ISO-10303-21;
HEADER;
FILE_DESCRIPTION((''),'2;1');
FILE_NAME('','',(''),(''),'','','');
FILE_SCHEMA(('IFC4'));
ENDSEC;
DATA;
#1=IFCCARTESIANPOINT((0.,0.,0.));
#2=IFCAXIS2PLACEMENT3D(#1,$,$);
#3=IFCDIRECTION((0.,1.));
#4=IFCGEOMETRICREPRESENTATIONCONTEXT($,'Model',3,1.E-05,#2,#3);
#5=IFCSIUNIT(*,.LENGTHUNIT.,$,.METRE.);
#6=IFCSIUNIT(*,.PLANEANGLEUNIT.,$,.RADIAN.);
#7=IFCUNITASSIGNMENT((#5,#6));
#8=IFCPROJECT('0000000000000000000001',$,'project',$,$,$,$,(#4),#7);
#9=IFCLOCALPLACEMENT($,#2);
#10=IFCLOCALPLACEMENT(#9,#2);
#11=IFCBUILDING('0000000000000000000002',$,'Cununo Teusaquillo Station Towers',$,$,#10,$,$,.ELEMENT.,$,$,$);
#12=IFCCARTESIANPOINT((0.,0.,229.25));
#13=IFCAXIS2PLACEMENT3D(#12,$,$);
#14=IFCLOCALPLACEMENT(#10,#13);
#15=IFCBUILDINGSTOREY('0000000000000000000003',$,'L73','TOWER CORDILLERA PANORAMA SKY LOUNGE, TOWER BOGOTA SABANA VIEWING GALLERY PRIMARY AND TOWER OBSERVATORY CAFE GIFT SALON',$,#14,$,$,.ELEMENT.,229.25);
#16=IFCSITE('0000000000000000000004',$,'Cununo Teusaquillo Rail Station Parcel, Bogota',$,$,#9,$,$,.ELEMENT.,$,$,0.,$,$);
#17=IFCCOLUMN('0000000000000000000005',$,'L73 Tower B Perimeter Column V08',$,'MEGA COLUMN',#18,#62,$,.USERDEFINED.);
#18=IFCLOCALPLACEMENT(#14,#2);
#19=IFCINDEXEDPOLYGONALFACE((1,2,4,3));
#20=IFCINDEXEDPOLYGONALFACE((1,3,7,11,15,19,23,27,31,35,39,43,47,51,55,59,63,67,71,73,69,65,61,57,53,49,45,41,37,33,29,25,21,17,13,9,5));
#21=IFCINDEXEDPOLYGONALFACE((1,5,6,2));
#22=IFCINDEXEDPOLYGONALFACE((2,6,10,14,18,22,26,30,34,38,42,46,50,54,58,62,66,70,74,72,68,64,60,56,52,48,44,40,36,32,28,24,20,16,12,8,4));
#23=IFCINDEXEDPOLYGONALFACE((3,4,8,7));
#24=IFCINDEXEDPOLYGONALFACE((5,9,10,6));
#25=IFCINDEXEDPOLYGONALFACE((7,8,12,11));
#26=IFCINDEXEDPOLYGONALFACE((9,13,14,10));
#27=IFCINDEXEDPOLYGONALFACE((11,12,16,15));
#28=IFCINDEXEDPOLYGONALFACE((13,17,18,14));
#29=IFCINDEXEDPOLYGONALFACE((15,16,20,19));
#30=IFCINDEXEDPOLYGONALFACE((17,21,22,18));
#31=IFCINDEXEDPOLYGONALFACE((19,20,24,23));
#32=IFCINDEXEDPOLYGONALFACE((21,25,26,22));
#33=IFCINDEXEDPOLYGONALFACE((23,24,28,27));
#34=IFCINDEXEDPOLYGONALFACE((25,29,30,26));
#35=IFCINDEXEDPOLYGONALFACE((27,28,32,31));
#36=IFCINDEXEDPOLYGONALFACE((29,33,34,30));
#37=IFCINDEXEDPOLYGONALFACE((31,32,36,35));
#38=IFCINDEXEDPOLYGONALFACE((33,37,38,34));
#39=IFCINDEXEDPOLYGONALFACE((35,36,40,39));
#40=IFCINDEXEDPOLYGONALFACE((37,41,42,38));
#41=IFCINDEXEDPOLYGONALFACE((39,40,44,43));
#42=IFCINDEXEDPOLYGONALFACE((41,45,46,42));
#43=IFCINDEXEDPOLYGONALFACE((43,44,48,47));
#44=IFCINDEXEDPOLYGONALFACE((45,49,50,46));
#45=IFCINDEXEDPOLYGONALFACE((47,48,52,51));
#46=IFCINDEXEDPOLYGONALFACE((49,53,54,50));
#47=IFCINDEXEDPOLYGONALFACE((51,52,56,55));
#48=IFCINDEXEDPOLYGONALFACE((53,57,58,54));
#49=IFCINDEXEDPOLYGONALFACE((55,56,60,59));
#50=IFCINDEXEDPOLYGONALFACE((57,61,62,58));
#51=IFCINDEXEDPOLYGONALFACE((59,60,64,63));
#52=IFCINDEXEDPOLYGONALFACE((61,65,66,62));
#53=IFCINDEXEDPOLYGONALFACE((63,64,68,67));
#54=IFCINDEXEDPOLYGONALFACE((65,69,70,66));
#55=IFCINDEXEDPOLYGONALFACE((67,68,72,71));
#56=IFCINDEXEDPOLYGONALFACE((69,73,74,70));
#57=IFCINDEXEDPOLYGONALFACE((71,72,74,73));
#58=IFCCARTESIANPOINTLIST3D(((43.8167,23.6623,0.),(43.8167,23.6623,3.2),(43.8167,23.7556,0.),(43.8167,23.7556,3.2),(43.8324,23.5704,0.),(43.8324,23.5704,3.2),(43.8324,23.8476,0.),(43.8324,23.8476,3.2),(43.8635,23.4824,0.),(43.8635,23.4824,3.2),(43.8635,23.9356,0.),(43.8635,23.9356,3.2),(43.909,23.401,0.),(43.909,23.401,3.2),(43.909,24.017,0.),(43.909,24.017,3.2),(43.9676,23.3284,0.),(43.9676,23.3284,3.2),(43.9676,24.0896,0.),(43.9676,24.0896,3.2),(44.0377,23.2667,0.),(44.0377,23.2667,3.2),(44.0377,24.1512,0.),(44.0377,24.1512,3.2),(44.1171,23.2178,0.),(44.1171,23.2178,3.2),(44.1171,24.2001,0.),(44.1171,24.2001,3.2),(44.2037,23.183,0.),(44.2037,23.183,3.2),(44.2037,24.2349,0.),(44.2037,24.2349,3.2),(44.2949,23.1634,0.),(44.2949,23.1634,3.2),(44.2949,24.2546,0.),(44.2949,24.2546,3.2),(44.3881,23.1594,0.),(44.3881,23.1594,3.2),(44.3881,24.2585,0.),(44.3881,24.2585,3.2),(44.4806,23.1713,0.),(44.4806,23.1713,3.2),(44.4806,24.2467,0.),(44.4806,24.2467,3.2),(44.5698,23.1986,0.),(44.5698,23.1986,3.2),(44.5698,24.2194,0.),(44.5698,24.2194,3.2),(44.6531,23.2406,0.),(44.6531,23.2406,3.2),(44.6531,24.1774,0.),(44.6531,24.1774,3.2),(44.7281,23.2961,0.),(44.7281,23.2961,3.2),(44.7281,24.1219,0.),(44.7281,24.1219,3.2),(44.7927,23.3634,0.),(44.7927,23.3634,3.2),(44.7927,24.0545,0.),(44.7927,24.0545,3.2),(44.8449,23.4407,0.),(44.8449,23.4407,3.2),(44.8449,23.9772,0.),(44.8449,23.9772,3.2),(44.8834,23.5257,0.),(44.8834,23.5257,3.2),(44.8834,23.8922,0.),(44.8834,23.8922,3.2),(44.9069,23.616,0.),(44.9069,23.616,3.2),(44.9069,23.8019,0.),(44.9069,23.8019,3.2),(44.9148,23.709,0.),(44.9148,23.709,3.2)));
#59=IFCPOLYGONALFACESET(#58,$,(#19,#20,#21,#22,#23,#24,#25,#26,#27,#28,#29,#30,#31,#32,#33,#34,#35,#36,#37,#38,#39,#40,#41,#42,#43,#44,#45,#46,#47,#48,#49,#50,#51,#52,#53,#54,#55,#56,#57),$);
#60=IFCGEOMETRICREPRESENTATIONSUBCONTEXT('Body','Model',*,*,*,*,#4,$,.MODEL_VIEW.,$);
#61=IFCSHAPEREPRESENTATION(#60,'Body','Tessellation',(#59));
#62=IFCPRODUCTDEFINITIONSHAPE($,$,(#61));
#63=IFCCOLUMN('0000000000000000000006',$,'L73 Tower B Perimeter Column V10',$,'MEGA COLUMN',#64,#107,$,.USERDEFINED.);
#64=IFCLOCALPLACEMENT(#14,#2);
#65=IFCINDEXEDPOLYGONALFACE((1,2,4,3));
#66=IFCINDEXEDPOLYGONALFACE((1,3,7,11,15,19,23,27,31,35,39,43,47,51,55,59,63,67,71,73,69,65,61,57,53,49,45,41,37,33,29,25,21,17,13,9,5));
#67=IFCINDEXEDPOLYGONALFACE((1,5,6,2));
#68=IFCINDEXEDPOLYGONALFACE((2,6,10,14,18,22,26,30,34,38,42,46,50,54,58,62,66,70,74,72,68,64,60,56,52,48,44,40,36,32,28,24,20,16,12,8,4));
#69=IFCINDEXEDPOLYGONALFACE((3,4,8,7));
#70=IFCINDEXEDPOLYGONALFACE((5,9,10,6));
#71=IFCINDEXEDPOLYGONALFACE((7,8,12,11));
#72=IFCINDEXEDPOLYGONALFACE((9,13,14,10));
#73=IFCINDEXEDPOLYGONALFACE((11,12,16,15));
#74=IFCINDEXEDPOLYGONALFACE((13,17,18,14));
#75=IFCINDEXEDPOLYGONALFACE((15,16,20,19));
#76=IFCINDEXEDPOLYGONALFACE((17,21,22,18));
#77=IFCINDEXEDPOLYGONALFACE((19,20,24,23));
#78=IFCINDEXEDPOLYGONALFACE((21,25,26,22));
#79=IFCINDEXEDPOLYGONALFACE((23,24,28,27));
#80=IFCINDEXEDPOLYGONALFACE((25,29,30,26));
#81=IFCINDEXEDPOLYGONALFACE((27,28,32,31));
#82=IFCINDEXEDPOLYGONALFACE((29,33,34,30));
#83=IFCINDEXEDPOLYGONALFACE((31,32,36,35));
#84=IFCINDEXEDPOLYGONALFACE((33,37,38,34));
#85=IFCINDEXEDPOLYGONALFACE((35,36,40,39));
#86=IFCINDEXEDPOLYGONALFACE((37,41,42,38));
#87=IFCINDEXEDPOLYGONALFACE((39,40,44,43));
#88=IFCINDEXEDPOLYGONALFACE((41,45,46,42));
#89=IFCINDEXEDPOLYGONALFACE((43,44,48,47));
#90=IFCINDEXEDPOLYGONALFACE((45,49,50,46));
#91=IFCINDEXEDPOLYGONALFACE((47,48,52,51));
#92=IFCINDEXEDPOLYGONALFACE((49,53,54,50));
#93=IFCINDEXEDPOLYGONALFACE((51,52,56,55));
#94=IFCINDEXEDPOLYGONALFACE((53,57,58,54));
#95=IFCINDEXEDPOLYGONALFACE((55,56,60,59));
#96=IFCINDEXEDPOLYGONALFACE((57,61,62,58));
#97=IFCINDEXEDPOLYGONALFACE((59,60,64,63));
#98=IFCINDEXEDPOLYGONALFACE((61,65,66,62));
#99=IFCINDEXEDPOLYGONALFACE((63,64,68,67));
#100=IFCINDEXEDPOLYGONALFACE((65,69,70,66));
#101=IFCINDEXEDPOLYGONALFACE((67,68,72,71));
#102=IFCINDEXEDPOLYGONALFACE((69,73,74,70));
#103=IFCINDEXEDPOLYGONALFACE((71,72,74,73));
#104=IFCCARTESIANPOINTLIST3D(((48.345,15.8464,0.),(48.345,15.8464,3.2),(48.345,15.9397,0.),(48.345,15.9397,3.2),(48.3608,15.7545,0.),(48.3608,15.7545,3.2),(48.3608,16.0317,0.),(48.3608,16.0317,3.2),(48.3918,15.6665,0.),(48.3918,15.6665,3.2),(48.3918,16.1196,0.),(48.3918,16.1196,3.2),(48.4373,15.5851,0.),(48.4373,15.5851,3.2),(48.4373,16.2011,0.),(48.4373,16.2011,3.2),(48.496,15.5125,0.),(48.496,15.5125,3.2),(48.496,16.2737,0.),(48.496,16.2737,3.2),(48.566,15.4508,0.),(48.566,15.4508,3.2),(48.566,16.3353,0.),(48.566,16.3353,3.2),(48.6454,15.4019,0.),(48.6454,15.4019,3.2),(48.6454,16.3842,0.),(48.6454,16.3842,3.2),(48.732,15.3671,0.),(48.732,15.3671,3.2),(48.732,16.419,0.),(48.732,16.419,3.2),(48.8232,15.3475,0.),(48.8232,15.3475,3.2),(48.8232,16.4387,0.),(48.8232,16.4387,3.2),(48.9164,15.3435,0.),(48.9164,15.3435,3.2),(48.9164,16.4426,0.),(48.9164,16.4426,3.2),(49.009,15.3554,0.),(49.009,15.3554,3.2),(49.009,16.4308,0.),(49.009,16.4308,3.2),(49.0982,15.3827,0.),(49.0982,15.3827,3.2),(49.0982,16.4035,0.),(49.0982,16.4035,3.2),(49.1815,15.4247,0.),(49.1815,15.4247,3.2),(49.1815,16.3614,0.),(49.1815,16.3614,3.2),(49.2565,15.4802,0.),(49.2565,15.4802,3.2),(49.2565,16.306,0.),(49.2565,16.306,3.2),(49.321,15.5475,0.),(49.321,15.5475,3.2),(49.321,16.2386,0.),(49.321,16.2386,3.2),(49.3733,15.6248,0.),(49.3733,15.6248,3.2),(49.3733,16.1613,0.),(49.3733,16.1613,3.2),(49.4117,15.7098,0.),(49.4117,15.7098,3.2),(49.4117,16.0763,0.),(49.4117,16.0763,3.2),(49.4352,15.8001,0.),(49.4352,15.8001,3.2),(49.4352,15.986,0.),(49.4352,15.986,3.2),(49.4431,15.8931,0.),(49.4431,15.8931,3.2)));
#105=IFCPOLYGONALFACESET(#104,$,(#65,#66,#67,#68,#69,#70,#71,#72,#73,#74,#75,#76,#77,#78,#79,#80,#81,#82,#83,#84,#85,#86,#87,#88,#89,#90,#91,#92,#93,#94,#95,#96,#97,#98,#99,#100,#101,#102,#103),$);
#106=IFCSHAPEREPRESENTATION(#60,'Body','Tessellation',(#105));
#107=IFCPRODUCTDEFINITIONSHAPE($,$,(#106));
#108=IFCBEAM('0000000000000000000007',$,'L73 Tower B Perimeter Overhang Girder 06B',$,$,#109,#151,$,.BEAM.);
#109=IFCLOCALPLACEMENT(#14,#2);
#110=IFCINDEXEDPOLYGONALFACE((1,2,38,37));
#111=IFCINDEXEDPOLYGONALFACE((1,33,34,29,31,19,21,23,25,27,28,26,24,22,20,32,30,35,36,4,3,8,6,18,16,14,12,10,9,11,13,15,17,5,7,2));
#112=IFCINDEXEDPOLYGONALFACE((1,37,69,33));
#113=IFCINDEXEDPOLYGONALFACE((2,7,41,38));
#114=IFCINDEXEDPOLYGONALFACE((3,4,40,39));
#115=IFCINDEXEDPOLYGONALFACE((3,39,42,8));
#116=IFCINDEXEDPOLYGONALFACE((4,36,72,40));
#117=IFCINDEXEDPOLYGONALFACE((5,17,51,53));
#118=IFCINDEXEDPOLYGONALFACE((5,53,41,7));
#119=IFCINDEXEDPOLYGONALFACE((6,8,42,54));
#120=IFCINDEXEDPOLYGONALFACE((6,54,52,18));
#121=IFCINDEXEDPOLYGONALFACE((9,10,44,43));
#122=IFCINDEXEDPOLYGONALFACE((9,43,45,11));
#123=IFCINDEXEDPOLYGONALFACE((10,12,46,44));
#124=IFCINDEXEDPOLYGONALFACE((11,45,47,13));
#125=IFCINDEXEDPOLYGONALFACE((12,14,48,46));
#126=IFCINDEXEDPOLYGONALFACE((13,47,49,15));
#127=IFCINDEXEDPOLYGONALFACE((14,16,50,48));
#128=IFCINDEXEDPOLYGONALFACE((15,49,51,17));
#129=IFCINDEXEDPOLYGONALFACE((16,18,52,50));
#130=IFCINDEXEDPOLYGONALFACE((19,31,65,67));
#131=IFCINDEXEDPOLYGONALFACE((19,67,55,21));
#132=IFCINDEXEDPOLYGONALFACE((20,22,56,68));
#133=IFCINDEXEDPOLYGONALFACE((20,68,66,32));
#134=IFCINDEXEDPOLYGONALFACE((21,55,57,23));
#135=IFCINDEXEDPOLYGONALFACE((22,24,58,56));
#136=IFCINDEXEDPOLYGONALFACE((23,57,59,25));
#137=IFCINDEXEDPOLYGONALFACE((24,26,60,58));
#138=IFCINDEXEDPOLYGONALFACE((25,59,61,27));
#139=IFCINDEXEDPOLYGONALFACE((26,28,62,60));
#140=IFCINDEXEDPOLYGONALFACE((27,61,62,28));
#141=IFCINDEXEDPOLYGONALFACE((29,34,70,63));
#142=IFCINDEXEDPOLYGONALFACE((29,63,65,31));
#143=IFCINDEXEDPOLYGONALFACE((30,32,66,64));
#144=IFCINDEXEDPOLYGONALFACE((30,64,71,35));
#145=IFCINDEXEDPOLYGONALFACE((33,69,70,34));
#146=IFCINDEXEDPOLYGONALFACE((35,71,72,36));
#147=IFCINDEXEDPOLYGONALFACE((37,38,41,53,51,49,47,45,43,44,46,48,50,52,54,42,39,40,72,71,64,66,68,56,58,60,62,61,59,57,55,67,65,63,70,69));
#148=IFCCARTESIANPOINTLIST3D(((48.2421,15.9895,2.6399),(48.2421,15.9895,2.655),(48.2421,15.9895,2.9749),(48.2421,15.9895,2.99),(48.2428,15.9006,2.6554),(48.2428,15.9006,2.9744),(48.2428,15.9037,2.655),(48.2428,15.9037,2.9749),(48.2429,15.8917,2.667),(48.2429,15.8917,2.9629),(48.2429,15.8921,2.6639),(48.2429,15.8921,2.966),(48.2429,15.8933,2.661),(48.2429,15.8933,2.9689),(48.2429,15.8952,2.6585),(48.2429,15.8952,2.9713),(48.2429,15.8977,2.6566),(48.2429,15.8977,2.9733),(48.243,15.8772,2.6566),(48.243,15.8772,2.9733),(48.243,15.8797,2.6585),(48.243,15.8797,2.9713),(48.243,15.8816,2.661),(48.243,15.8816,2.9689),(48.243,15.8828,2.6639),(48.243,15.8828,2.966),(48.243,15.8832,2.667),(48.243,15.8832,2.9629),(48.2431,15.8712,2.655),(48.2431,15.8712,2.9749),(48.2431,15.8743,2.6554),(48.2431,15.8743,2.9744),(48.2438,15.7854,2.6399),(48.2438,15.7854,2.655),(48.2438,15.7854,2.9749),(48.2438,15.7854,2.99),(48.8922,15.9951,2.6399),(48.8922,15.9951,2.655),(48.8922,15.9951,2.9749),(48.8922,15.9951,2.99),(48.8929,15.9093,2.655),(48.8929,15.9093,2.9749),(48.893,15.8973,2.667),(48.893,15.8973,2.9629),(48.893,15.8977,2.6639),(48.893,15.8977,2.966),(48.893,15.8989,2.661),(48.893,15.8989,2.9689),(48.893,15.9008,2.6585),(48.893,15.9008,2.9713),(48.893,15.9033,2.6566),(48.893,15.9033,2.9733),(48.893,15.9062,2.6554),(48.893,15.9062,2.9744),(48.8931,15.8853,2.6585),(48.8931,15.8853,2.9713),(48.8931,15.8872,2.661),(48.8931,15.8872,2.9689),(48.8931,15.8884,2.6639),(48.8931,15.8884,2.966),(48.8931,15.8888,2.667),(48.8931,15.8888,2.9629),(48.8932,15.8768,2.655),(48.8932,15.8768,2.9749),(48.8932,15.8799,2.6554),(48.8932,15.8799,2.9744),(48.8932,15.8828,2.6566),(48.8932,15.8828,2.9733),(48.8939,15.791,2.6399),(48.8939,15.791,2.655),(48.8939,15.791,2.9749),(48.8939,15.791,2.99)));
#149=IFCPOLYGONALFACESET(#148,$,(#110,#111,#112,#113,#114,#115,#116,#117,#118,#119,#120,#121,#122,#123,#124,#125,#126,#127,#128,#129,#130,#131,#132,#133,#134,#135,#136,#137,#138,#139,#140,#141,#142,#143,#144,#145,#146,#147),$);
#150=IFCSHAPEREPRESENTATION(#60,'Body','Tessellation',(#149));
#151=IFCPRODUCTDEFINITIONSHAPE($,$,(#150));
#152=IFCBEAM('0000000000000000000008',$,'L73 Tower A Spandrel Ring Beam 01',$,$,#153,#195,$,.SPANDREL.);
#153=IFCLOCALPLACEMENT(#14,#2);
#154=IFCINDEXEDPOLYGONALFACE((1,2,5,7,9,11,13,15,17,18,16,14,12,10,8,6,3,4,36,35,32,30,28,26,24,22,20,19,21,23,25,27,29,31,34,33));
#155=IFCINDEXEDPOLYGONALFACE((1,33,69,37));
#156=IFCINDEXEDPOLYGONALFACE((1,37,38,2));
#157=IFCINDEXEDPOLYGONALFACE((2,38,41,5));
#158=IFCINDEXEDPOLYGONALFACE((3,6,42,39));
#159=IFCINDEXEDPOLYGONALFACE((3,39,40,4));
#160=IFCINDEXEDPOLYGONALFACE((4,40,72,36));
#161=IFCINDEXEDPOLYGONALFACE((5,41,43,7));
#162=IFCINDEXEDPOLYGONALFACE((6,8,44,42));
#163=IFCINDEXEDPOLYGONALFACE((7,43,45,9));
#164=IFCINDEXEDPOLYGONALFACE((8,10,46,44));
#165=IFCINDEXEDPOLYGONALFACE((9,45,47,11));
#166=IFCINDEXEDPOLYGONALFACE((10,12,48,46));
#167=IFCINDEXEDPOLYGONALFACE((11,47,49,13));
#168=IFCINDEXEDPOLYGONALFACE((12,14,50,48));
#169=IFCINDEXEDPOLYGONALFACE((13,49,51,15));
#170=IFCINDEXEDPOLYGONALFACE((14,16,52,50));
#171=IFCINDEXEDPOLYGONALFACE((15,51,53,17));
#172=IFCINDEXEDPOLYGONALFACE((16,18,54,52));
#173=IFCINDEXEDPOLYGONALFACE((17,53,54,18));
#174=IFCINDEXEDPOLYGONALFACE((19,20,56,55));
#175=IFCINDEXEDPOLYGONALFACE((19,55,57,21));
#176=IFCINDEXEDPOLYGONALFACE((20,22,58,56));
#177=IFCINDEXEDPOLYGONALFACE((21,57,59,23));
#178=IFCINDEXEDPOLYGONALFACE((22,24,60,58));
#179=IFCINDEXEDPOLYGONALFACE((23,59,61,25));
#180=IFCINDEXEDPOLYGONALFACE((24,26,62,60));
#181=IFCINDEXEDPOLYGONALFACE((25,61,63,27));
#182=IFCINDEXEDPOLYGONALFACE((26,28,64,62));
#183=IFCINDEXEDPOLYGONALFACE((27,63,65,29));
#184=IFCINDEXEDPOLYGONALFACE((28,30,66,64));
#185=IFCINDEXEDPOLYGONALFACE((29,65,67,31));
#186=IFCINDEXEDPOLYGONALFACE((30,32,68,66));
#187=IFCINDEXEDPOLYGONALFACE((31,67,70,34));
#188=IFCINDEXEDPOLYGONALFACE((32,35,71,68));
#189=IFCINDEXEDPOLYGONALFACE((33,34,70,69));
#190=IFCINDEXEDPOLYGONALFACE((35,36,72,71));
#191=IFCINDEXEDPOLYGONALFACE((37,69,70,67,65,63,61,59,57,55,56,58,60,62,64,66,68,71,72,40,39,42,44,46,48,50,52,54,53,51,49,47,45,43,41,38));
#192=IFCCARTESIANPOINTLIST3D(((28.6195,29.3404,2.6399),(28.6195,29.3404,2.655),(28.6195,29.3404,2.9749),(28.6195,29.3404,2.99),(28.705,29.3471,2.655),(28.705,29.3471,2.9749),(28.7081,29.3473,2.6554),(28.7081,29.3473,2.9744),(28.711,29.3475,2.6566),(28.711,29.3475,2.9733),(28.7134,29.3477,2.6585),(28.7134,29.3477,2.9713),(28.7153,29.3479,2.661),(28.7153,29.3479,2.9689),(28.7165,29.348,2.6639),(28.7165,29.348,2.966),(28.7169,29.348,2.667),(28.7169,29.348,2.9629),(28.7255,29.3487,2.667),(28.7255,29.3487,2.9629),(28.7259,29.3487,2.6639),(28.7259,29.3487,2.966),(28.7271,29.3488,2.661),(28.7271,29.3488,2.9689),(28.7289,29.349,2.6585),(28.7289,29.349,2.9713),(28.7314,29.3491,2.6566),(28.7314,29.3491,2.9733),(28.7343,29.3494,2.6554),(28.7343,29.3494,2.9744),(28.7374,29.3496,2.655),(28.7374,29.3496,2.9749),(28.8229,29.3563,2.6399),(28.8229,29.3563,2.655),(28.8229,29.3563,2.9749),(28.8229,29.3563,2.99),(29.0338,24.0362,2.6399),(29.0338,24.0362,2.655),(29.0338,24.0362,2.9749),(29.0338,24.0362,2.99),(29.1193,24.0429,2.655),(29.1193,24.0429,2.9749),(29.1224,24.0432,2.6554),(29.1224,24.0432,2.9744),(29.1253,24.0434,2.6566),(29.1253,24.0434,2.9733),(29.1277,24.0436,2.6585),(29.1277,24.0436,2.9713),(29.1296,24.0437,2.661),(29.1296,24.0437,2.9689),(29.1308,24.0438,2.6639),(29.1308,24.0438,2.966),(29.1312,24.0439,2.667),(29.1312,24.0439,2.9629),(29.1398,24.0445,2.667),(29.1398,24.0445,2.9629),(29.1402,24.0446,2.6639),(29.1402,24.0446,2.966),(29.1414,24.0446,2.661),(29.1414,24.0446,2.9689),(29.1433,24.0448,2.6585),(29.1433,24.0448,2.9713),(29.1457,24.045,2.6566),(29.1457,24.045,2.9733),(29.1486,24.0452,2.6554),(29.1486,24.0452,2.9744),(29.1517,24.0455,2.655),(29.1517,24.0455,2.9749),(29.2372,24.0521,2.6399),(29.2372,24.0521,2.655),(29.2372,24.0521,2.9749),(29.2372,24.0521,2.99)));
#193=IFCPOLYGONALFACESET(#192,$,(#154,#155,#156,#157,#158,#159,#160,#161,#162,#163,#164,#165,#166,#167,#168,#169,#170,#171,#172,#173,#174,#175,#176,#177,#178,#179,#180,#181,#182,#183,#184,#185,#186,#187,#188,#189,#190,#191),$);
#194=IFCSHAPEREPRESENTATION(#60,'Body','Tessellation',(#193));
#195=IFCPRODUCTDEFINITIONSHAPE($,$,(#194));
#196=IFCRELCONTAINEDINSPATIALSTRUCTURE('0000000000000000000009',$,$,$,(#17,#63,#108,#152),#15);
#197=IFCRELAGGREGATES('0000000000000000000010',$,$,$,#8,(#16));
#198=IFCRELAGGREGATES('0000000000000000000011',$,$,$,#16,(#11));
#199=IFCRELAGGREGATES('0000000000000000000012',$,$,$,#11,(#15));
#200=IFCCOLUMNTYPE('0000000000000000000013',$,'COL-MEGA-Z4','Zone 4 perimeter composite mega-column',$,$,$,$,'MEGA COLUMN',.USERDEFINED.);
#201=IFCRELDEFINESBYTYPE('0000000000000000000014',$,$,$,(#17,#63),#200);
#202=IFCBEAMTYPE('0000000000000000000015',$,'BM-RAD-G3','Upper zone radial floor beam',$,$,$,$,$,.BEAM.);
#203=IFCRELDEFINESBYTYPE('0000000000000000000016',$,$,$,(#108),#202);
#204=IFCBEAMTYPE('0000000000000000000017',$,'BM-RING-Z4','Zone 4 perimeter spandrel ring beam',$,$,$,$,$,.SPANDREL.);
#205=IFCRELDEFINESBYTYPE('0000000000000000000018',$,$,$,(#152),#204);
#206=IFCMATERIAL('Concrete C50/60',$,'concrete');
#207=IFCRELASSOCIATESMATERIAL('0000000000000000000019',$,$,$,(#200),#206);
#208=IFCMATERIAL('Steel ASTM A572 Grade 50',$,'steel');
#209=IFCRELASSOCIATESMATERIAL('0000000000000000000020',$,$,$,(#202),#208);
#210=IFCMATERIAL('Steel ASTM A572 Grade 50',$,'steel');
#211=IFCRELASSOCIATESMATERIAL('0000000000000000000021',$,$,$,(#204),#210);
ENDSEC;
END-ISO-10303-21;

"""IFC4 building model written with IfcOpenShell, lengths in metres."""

from ifc_helpers import new_model, si_unit, direction, frame, origin, origin_2d, place, context, subcontext, project, spatial, circle, i_section, extrude, material, material_profile, profile_set, type_object, element, save


model = new_model("IFC4")

# Units and contexts
model_context = context("Model", 3, precision=1e-05, world=origin(), true_north=direction((0.0, 1.0)))
body_context = subcontext(model_context, "Body", "Model", "MODEL_VIEW")
ifc_project = project(units=[si_unit("LENGTHUNIT", "METRE"), si_unit("PLANEANGLEUNIT", "RADIAN")], contexts=[model_context])

# Site, building, storey
site_placement = place(None, origin())
site = spatial("IfcSite", under=ifc_project, at=site_placement, Name="Cununo Teusaquillo Rail Station Parcel, Bogota", CompositionType="ELEMENT", RefElevation=0.0)
building_placement = place(site_placement, origin())
building = spatial("IfcBuilding", under=site, at=building_placement, Name="Cununo Teusaquillo Station Towers", CompositionType="ELEMENT")
storey_placement = place(building_placement, frame((0.0, 0.0, 229.25)))
storey = spatial("IfcBuildingStorey", under=building, at=storey_placement, Name="L73", Description="TOWER CORDILLERA PANORAMA SKY LOUNGE, TOWER BOGOTA SABANA VIEWING GALLERY PRIMARY AND TOWER OBSERVATORY CAFE GIFT SALON", CompositionType="ELEMENT", Elevation=229.25)

# Columns
ifc_material_1 = material(Name="Concrete C50/60", Category="concrete")
ifc_material_profile_1 = material_profile(ifc_material_1, circle(Radius=0.55, at=origin_2d()), Name="RC-CIRC-1100")
ifc_profile_set_1 = profile_set([ifc_material_profile_1], Name="Concrete C50/60")
column_type = type_object("IfcColumnType", Name="COL-MEGA-Z4", Description="Zone 4 perimeter composite mega-column", ElementType="MEGA COLUMN", PredefinedType="USERDEFINED", material=ifc_profile_set_1)
for number, where, z_axis, x_axis, name in (
    (1, (44.3647, 23.709, 0.0), (0.0, 0.0, 1.0), (1.0, 0.0, 0.0), "L73 Tower B Perimeter Column V08"),
    (2, (48.8931, 15.8931, 0.0), (0.0, 0.0, 1.0), (1.0, 0.0, 0.0), "L73 Tower B Perimeter Column V10"),
):
    element("IfcColumn", number, at=place(storey_placement, frame(where, z_axis=z_axis, x_axis=x_axis)), inside=storey, type_object=column_type, Name=name, ObjectType="MEGA COLUMN", PredefinedType="USERDEFINED", context=body_context, shape_type="SweptSolid", body=[
        extrude(circle(Radius=0.55, at=origin_2d()), origin(), (0.0, 0.0, 1.0), 3.2),
    ])

# Beams
ifc_material_2 = material(Name="Steel ASTM A572 Grade 50", Category="steel")
ifc_material_profile_2 = material_profile(ifc_material_2, i_section(OverallWidth=0.2041, OverallDepth=0.3501, WebThickness=0.0085, FlangeThickness=0.0151, FilletRadius=0.012, at=origin_2d()), Name="W14X48")
ifc_profile_set_2 = profile_set([ifc_material_profile_2], Name="Steel ASTM A572 Grade 50")
beam_type_1 = type_object("IfcBeamType", Name="BM-RAD-G3", Description="Upper zone radial floor beam", PredefinedType="BEAM", material=ifc_profile_set_2)
beam_1_placement = place(storey_placement, frame((48.8931, 15.8931, 2.8149), z_axis=(-0.999963, -0.008637, 0.0), x_axis=(0.008637, -0.999963, 0.0)))
element("IfcBeam", 3, at=beam_1_placement, inside=storey, type_object=beam_type_1, Name="L73 Tower B Perimeter Overhang Girder 06B", PredefinedType="BEAM", context=body_context, shape_type="SweptSolid", body=[
    extrude(i_section(OverallWidth=0.2041, OverallDepth=0.3501, WebThickness=0.0085, FlangeThickness=0.0151, FilletRadius=0.012, at=origin_2d()), origin(), (0.0, 0.0, 1.0), 0.6501),
])
ifc_material_3 = material(Name="Steel ASTM A572 Grade 50", Category="steel")
ifc_material_profile_3 = material_profile(ifc_material_3, i_section(OverallWidth=0.2041, OverallDepth=0.3501, WebThickness=0.0085, FlangeThickness=0.0151, FilletRadius=0.012, at=origin_2d()), Name="W14X48")
ifc_profile_set_3 = profile_set([ifc_material_profile_3], Name="Steel ASTM A572 Grade 50")
beam_type_2 = type_object("IfcBeamType", Name="BM-RING-Z4", Description="Zone 4 perimeter spandrel ring beam", PredefinedType="SPANDREL", material=ifc_profile_set_3)
beam_2_placement = place(storey_placement, frame((29.1355, 24.0442, 2.8149), z_axis=(-0.077872, 0.996963, 0.0), x_axis=(-0.996963, -0.077872, 0.0)))
element("IfcBeam", 4, at=beam_2_placement, inside=storey, type_object=beam_type_2, Name="L73 Tower A Spandrel Ring Beam 01", PredefinedType="SPANDREL", context=body_context, shape_type="SweptSolid", body=[
    extrude(i_section(OverallWidth=0.2041, OverallDepth=0.3501, WebThickness=0.0085, FlangeThickness=0.0151, FilletRadius=0.012, at=origin_2d()), origin(), (0.0, 0.0, 1.0), 5.3203),
])

save(model, "model.ifc")
